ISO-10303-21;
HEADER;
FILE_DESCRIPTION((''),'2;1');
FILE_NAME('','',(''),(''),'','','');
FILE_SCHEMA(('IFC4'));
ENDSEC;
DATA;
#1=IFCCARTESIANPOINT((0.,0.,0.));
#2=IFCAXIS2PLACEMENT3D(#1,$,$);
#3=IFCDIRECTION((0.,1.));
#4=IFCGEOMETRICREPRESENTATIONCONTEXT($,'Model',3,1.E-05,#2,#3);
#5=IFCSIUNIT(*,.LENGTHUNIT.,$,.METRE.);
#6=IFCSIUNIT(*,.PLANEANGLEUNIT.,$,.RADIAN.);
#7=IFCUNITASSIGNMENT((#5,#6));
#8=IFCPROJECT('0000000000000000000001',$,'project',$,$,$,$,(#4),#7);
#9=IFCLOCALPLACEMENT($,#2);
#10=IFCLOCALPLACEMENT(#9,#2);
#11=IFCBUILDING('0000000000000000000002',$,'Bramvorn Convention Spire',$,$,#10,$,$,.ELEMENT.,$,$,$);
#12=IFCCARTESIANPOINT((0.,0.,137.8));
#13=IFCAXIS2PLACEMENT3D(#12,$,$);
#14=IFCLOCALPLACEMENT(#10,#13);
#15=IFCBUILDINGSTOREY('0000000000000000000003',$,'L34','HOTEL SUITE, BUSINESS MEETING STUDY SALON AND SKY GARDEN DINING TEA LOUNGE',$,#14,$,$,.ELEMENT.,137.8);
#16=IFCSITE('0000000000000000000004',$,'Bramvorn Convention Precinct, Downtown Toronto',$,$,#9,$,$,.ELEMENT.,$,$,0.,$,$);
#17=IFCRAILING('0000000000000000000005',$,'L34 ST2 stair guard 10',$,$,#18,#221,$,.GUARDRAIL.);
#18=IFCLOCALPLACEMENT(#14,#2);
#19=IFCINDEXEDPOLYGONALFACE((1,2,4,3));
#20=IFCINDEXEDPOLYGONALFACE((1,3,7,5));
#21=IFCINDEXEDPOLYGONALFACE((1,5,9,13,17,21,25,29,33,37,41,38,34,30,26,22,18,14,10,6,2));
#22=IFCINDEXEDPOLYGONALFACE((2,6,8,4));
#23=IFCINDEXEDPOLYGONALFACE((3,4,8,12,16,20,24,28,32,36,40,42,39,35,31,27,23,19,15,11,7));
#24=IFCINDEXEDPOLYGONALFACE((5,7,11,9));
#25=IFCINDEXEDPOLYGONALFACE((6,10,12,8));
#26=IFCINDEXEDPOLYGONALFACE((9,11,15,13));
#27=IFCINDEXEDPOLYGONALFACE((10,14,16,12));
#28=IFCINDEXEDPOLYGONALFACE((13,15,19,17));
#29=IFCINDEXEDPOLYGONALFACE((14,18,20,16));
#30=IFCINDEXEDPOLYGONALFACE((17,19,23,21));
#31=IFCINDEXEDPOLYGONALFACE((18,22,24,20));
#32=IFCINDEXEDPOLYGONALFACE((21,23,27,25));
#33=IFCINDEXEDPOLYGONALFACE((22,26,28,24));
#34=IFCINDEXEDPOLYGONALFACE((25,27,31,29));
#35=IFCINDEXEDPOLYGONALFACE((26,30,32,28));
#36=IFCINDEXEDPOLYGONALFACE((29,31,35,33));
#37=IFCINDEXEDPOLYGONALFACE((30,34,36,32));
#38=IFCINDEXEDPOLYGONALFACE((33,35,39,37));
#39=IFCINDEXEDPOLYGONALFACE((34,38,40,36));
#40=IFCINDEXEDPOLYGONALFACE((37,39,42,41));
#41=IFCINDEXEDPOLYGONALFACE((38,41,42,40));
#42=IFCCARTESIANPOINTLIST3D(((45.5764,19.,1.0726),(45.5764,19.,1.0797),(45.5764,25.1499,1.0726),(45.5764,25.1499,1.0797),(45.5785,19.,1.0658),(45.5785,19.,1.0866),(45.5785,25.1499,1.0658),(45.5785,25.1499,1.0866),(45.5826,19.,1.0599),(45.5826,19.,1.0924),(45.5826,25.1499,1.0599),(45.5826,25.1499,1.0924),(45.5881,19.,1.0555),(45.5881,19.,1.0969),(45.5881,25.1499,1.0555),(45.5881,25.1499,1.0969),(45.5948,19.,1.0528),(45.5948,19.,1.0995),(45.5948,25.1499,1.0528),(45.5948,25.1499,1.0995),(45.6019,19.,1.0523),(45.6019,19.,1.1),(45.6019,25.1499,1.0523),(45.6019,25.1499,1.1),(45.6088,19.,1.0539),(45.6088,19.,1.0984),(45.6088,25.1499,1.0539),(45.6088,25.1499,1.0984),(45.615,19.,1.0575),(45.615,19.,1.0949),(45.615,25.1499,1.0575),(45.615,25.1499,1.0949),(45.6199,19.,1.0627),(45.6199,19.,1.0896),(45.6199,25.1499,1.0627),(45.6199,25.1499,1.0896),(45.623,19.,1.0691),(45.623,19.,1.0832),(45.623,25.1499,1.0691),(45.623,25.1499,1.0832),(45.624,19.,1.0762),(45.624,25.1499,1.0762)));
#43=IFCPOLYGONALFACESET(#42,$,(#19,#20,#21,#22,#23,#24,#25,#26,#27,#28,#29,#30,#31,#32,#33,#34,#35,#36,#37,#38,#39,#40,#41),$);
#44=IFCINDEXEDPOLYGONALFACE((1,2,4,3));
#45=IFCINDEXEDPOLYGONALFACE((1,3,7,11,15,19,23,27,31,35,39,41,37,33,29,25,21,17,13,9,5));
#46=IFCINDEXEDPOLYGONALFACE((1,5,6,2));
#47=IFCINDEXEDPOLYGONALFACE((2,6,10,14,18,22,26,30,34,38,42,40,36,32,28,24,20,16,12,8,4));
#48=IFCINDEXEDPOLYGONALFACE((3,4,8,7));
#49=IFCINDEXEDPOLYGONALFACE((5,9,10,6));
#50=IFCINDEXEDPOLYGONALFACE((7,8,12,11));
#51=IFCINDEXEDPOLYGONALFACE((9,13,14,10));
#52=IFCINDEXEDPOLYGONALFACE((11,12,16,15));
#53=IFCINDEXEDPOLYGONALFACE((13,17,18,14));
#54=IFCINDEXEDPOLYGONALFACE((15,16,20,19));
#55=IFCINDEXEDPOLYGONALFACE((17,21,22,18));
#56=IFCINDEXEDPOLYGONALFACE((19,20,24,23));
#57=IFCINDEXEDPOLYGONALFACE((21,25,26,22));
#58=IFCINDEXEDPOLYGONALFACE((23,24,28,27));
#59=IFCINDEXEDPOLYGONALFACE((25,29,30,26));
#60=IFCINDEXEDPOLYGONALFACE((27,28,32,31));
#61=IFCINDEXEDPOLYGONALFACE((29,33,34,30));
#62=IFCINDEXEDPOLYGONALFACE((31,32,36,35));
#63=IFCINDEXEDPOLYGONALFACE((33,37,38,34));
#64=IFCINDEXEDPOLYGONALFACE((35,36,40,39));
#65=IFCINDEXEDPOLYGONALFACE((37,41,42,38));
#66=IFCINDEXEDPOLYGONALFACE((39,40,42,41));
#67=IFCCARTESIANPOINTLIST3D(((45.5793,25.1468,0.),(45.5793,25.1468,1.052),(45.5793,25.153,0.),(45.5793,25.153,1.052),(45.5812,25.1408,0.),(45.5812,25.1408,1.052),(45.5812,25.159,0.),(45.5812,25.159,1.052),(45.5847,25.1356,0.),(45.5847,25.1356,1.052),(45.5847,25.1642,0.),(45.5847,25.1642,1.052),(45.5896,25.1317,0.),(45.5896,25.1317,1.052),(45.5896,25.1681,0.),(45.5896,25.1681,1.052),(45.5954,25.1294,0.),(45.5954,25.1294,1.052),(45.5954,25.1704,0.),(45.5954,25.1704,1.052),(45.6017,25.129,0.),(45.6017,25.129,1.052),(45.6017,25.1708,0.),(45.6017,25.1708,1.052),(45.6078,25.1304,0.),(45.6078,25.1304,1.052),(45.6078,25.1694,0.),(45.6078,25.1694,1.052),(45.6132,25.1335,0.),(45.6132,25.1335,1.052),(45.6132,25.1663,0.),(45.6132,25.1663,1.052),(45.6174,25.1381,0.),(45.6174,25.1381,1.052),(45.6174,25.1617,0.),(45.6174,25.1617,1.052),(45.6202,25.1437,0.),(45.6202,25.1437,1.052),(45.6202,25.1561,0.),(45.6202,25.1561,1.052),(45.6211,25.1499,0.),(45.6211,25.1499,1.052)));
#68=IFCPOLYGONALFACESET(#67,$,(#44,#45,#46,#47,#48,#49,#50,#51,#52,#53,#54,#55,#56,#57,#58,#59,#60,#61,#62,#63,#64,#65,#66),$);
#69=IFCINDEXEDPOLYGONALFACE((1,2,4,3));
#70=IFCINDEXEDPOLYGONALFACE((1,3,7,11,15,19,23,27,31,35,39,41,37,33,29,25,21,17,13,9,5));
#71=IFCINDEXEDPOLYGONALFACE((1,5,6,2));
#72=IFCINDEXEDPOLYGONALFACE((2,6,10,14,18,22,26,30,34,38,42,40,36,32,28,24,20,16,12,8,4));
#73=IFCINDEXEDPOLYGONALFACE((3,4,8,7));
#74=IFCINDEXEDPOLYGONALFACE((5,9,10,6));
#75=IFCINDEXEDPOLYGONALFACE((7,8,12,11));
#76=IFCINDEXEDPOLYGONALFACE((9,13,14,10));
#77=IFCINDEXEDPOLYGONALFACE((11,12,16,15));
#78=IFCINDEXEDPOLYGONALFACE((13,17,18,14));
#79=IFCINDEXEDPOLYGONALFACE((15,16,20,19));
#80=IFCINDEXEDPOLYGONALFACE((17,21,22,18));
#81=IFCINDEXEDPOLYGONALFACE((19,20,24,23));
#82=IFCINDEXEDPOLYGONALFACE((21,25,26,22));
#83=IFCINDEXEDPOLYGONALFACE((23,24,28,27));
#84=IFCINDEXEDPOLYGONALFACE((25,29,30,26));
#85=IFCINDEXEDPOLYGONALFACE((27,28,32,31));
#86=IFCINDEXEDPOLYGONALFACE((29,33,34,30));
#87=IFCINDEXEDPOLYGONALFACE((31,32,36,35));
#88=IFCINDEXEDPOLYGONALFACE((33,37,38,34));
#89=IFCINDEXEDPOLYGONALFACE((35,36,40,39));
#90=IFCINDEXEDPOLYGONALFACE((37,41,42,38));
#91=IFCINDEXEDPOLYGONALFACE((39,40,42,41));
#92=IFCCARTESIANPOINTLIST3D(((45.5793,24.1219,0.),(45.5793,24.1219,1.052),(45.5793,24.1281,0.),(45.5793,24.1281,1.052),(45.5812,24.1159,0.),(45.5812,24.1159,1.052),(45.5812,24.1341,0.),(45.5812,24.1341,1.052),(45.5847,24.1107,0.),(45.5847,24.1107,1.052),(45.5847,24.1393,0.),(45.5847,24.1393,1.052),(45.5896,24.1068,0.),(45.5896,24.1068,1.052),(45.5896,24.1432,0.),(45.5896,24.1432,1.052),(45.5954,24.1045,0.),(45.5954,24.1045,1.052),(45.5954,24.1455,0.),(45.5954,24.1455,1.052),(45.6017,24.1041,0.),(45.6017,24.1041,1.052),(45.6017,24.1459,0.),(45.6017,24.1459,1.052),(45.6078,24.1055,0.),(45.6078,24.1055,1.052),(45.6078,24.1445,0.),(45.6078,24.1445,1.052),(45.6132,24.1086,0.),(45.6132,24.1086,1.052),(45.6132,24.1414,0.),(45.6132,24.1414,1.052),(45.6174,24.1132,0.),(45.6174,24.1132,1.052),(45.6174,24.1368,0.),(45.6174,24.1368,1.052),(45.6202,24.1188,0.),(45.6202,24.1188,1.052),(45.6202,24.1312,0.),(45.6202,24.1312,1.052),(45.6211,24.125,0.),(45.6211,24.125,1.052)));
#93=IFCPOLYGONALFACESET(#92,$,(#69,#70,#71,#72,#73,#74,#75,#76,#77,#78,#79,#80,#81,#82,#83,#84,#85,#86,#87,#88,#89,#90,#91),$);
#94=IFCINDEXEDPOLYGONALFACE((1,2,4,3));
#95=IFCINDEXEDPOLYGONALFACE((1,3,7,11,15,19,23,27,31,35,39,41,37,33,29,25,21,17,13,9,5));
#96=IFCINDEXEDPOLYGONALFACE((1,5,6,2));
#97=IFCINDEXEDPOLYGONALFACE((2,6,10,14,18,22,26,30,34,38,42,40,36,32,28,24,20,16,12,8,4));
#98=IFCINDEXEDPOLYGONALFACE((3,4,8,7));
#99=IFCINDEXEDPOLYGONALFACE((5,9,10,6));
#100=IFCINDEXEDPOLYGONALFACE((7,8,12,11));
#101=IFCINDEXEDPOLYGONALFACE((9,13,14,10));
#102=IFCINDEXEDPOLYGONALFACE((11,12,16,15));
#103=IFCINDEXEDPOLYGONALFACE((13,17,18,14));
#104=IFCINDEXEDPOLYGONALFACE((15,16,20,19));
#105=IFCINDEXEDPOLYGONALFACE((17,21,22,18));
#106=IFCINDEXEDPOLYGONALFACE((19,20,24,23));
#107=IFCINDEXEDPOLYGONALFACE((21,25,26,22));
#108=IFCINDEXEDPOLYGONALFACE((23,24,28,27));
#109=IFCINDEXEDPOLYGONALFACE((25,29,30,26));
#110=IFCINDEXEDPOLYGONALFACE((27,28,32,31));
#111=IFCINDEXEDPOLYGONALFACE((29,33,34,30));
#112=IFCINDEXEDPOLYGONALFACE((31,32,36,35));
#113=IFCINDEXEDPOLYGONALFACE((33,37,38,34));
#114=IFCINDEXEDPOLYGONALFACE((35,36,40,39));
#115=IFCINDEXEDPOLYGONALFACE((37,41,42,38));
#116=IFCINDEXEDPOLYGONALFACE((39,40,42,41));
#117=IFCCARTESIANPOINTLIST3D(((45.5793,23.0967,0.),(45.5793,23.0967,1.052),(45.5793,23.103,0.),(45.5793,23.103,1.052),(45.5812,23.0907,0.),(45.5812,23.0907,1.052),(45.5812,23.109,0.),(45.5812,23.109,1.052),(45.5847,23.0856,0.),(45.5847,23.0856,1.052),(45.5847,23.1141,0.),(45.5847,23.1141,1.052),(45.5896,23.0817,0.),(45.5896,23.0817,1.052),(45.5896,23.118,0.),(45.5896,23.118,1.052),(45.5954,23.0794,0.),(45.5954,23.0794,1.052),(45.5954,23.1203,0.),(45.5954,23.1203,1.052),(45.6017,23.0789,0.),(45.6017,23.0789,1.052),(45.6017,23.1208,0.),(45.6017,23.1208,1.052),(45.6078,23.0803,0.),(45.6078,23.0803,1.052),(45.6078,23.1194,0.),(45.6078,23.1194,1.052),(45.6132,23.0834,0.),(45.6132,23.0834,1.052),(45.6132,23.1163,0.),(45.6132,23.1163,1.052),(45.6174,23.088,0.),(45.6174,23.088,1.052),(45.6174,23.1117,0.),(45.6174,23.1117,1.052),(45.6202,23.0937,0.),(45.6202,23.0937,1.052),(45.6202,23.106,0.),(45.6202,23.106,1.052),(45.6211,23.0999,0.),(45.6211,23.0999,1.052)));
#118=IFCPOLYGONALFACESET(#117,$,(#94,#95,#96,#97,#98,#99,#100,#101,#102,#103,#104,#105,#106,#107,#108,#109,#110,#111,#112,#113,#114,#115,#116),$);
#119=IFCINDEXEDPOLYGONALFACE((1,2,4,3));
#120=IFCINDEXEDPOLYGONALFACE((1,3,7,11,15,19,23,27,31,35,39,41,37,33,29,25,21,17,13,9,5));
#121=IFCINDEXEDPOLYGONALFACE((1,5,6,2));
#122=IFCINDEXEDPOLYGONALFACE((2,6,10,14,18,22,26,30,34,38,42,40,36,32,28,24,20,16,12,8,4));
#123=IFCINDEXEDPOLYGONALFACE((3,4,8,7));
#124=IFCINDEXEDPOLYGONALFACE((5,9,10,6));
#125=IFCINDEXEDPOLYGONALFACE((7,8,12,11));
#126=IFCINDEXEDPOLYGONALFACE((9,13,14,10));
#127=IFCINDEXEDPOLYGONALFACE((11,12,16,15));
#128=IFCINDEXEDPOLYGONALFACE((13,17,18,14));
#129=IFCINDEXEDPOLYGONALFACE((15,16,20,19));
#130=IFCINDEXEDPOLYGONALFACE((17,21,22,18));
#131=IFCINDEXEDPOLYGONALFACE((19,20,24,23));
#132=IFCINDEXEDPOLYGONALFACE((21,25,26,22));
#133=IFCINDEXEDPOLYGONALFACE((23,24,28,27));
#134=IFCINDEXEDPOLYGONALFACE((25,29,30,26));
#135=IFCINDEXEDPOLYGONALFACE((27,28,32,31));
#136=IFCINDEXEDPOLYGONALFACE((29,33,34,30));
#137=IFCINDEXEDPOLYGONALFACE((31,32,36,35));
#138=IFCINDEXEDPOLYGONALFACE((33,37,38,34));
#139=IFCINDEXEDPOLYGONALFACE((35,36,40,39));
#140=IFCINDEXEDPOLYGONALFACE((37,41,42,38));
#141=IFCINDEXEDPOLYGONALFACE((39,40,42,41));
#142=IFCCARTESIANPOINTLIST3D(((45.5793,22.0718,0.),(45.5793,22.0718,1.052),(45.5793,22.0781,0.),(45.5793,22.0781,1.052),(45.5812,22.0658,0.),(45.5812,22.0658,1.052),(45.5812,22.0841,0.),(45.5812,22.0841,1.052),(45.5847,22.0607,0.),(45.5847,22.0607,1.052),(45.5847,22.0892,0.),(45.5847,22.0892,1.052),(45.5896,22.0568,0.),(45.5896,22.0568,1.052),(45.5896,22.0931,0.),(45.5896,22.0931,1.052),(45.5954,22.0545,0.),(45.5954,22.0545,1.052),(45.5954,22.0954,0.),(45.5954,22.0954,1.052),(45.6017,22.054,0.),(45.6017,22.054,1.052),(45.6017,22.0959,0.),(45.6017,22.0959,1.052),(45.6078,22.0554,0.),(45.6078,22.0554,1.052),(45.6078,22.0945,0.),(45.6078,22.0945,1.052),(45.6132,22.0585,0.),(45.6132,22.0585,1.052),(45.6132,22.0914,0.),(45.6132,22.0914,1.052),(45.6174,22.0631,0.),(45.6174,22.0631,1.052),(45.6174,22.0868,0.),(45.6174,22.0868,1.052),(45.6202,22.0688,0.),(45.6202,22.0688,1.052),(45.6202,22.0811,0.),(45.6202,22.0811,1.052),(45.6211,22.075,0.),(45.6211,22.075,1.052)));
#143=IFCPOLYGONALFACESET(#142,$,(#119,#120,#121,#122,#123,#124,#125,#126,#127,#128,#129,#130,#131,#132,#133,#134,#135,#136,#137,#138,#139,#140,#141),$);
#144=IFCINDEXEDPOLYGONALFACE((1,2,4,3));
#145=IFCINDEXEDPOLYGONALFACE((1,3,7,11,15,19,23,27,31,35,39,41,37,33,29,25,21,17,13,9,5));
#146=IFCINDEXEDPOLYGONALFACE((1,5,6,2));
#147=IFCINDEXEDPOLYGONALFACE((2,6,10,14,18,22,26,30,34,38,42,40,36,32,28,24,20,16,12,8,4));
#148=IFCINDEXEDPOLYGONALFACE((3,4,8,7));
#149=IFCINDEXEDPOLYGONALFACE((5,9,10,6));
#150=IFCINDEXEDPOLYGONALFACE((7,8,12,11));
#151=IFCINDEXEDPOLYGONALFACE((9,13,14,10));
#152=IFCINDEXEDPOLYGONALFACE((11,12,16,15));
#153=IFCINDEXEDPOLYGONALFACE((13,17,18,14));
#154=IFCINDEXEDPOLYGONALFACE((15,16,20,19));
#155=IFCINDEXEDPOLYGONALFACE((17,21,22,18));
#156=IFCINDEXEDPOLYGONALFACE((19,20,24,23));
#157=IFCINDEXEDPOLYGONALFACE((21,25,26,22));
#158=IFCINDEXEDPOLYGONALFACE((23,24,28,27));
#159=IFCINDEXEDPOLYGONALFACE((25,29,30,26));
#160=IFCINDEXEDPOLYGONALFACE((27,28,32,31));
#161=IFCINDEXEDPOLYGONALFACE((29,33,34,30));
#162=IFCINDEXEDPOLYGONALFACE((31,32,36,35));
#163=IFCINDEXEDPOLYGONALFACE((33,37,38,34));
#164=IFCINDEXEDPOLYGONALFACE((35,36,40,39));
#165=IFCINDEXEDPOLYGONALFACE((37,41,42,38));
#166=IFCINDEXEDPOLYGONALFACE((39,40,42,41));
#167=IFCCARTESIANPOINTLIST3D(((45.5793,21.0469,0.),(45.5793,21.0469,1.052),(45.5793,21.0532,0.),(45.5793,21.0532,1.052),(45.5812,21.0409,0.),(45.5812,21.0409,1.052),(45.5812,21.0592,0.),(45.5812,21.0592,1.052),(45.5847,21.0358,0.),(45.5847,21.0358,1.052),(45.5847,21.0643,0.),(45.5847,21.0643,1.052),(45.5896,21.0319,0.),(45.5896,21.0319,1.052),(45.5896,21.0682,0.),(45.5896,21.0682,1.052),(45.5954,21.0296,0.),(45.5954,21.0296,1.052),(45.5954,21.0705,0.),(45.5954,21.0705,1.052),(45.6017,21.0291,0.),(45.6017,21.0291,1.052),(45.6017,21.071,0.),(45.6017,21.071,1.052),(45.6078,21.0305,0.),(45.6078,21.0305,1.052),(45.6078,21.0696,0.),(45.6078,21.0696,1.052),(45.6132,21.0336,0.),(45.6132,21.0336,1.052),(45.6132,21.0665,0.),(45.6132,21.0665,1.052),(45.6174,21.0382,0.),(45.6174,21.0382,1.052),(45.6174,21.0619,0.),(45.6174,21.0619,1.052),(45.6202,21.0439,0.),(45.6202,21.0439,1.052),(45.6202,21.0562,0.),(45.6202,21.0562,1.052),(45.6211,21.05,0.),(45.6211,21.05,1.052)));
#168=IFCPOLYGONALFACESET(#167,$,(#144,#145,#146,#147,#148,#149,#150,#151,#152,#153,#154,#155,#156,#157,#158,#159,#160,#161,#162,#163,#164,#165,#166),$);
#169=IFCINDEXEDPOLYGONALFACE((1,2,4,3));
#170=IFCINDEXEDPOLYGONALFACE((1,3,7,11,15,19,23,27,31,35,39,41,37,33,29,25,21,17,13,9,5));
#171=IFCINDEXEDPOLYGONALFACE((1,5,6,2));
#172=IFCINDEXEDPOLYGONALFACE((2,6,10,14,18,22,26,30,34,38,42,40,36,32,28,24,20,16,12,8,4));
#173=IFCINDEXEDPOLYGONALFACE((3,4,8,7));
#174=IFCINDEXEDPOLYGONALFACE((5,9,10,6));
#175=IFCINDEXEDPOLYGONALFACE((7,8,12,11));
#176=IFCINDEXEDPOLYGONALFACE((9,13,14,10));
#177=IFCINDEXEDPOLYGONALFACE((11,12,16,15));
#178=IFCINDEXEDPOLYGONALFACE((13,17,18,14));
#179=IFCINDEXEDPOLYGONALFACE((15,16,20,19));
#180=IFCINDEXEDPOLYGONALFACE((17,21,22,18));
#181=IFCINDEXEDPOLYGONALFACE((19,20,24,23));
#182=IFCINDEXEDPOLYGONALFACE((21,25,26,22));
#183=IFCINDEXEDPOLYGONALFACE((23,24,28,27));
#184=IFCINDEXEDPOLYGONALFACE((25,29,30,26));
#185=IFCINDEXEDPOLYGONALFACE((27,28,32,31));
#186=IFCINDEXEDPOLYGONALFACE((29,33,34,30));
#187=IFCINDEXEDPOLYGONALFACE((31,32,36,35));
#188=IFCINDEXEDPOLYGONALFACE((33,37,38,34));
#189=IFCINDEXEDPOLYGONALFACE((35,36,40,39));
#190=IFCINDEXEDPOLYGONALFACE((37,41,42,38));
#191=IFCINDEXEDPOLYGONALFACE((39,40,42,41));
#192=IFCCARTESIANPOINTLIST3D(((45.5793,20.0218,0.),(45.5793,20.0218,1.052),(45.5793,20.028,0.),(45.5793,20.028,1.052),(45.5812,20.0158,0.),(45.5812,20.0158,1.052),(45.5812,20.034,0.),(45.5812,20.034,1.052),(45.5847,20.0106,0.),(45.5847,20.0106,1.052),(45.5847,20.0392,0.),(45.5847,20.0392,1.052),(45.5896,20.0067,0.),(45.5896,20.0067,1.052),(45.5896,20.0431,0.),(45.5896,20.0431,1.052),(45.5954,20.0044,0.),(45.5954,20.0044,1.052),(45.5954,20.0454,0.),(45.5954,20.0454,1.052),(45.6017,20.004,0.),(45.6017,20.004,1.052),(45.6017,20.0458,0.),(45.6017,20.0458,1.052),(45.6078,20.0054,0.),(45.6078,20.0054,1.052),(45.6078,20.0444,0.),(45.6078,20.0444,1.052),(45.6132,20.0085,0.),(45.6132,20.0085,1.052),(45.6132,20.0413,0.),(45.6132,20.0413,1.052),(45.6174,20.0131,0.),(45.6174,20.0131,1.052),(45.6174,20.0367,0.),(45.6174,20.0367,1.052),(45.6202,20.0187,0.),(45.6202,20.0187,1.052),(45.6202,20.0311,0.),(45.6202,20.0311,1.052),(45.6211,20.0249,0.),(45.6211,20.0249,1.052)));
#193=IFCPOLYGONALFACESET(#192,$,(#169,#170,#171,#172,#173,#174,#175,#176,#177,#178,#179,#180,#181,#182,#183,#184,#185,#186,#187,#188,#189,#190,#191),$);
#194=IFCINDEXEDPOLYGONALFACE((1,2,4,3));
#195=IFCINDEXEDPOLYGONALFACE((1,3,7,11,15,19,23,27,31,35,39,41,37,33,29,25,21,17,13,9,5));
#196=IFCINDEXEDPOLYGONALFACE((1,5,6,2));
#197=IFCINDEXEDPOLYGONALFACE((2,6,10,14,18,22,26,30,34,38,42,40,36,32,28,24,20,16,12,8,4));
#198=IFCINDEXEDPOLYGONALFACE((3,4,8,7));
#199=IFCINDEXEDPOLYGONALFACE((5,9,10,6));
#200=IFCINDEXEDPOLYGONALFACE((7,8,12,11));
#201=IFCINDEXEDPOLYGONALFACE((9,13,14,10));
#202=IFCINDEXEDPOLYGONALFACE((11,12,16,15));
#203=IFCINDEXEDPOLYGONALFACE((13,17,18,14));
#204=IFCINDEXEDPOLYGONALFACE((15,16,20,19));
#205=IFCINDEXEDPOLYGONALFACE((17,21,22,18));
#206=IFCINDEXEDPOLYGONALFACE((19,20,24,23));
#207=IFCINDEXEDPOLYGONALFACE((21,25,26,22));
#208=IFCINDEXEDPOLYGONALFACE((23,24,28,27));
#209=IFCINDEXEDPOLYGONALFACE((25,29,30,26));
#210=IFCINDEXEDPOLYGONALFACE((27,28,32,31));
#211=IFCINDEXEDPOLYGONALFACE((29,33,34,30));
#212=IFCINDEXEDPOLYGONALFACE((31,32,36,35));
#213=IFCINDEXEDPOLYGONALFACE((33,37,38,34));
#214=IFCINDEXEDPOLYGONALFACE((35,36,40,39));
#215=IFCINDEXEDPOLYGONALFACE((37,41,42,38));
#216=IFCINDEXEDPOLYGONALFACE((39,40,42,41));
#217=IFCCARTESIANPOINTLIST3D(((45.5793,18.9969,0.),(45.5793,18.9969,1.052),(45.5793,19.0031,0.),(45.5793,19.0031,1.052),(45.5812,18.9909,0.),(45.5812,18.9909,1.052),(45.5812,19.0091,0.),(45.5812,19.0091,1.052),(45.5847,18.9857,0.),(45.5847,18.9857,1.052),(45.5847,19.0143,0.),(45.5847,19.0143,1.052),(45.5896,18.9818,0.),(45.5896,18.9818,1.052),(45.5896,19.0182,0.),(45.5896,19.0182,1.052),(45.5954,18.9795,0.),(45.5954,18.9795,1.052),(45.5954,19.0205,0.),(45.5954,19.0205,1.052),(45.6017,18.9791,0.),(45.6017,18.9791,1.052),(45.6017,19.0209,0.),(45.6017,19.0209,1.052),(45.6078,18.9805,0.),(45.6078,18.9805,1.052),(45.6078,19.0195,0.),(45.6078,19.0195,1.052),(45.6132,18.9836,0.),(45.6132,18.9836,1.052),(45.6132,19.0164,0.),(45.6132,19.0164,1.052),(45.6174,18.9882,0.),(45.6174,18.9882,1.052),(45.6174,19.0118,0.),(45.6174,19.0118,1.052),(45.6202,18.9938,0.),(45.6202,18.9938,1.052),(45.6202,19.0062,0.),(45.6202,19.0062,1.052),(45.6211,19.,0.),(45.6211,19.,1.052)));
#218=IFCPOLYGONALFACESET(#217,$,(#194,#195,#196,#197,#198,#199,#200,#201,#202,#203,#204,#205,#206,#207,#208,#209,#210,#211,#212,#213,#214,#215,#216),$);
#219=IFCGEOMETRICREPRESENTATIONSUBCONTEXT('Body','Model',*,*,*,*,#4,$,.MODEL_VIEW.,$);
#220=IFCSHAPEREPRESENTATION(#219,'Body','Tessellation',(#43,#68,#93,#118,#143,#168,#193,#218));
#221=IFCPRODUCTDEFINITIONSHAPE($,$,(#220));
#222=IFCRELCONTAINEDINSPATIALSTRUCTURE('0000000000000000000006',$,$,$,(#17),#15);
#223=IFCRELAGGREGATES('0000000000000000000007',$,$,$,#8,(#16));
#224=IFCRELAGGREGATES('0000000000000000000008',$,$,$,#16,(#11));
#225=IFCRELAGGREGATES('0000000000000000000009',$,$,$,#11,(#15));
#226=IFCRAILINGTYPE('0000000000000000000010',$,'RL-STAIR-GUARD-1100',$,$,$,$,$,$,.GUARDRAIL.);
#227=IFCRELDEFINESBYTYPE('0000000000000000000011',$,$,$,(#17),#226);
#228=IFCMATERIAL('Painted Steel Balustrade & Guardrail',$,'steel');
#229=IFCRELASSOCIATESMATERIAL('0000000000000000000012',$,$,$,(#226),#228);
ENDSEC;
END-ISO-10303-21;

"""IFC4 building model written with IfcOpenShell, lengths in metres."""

from ifc_helpers import new_model, si_unit, direction, frame, origin, origin_2d, place, context, subcontext, project, spatial, circle, extrude, material, type_object, element, save


model = new_model("IFC4")

# Units and contexts
model_context = context("Model", 3, precision=1e-05, world=origin(), true_north=direction((0.0, 1.0)))
body_context = subcontext(model_context, "Body", "Model", "MODEL_VIEW")
ifc_project = project(units=[si_unit("LENGTHUNIT", "METRE"), si_unit("PLANEANGLEUNIT", "RADIAN")], contexts=[model_context])

# Site, building, storey
site_placement = place(None, origin())
site = spatial("IfcSite", under=ifc_project, at=site_placement, Name="Bramvorn Convention Precinct, Downtown Toronto", CompositionType="ELEMENT", RefElevation=0.0)
building_placement = place(site_placement, origin())
building = spatial("IfcBuilding", under=site, at=building_placement, Name="Bramvorn Convention Spire", CompositionType="ELEMENT")
storey_placement = place(building_placement, frame((0.0, 0.0, 137.8)))
storey = spatial("IfcBuildingStorey", under=building, at=storey_placement, Name="L34", Description="HOTEL SUITE, BUSINESS MEETING STUDY SALON AND SKY GARDEN DINING TEA LOUNGE", CompositionType="ELEMENT", Elevation=137.8)

# Railing
ifc_material_1 = material(Name="Painted Steel Balustrade & Guardrail", Category="steel")
railing_type_1 = type_object("IfcRailingType", Name="RL-STAIR-GUARD-1100", PredefinedType="GUARDRAIL", material=ifc_material_1)
railing_1_placement = place(storey_placement, frame((45.6001, 25.1499, 0.0)))
element("IfcRailing", 1, at=railing_1_placement, inside=storey, type_object=railing_type_1, Name="L34 ST2 stair guard 10", PredefinedType="GUARDRAIL", context=body_context, shape_type="SweptSolid", body=[
    extrude(circle(Radius=0.0239, at=origin_2d()), frame((0.0, 0.0, 1.0762), z_axis=(0.0, -1.0, 0.0), x_axis=(1.0, 0.0, 0.0)), (0.0, 0.0, 1.0), 6.1499),
    extrude(circle(Radius=0.021, at=origin_2d()), origin(), (0.0, 0.0, 1.0), 1.052),
    extrude(circle(Radius=0.021, at=origin_2d()), frame((0.0, -1.0249, 0.0)), (0.0, 0.0, 1.0), 1.052),
    extrude(circle(Radius=0.021, at=origin_2d()), frame((0.0, -2.05, 0.0)), (0.0, 0.0, 1.0), 1.052),
    extrude(circle(Radius=0.021, at=origin_2d()), frame((0.0, -3.075, 0.0)), (0.0, 0.0, 1.0), 1.052),
    extrude(circle(Radius=0.021, at=origin_2d()), frame((0.0, -4.0999, 0.0)), (0.0, 0.0, 1.0), 1.052),
    extrude(circle(Radius=0.021, at=origin_2d()), frame((0.0, -5.125, 0.0)), (0.0, 0.0, 1.0), 1.052),
    extrude(circle(Radius=0.021, at=origin_2d()), frame((0.0, -6.1499, 0.0)), (0.0, 0.0, 1.0), 1.052),
])

save(model, "model.ifc")
